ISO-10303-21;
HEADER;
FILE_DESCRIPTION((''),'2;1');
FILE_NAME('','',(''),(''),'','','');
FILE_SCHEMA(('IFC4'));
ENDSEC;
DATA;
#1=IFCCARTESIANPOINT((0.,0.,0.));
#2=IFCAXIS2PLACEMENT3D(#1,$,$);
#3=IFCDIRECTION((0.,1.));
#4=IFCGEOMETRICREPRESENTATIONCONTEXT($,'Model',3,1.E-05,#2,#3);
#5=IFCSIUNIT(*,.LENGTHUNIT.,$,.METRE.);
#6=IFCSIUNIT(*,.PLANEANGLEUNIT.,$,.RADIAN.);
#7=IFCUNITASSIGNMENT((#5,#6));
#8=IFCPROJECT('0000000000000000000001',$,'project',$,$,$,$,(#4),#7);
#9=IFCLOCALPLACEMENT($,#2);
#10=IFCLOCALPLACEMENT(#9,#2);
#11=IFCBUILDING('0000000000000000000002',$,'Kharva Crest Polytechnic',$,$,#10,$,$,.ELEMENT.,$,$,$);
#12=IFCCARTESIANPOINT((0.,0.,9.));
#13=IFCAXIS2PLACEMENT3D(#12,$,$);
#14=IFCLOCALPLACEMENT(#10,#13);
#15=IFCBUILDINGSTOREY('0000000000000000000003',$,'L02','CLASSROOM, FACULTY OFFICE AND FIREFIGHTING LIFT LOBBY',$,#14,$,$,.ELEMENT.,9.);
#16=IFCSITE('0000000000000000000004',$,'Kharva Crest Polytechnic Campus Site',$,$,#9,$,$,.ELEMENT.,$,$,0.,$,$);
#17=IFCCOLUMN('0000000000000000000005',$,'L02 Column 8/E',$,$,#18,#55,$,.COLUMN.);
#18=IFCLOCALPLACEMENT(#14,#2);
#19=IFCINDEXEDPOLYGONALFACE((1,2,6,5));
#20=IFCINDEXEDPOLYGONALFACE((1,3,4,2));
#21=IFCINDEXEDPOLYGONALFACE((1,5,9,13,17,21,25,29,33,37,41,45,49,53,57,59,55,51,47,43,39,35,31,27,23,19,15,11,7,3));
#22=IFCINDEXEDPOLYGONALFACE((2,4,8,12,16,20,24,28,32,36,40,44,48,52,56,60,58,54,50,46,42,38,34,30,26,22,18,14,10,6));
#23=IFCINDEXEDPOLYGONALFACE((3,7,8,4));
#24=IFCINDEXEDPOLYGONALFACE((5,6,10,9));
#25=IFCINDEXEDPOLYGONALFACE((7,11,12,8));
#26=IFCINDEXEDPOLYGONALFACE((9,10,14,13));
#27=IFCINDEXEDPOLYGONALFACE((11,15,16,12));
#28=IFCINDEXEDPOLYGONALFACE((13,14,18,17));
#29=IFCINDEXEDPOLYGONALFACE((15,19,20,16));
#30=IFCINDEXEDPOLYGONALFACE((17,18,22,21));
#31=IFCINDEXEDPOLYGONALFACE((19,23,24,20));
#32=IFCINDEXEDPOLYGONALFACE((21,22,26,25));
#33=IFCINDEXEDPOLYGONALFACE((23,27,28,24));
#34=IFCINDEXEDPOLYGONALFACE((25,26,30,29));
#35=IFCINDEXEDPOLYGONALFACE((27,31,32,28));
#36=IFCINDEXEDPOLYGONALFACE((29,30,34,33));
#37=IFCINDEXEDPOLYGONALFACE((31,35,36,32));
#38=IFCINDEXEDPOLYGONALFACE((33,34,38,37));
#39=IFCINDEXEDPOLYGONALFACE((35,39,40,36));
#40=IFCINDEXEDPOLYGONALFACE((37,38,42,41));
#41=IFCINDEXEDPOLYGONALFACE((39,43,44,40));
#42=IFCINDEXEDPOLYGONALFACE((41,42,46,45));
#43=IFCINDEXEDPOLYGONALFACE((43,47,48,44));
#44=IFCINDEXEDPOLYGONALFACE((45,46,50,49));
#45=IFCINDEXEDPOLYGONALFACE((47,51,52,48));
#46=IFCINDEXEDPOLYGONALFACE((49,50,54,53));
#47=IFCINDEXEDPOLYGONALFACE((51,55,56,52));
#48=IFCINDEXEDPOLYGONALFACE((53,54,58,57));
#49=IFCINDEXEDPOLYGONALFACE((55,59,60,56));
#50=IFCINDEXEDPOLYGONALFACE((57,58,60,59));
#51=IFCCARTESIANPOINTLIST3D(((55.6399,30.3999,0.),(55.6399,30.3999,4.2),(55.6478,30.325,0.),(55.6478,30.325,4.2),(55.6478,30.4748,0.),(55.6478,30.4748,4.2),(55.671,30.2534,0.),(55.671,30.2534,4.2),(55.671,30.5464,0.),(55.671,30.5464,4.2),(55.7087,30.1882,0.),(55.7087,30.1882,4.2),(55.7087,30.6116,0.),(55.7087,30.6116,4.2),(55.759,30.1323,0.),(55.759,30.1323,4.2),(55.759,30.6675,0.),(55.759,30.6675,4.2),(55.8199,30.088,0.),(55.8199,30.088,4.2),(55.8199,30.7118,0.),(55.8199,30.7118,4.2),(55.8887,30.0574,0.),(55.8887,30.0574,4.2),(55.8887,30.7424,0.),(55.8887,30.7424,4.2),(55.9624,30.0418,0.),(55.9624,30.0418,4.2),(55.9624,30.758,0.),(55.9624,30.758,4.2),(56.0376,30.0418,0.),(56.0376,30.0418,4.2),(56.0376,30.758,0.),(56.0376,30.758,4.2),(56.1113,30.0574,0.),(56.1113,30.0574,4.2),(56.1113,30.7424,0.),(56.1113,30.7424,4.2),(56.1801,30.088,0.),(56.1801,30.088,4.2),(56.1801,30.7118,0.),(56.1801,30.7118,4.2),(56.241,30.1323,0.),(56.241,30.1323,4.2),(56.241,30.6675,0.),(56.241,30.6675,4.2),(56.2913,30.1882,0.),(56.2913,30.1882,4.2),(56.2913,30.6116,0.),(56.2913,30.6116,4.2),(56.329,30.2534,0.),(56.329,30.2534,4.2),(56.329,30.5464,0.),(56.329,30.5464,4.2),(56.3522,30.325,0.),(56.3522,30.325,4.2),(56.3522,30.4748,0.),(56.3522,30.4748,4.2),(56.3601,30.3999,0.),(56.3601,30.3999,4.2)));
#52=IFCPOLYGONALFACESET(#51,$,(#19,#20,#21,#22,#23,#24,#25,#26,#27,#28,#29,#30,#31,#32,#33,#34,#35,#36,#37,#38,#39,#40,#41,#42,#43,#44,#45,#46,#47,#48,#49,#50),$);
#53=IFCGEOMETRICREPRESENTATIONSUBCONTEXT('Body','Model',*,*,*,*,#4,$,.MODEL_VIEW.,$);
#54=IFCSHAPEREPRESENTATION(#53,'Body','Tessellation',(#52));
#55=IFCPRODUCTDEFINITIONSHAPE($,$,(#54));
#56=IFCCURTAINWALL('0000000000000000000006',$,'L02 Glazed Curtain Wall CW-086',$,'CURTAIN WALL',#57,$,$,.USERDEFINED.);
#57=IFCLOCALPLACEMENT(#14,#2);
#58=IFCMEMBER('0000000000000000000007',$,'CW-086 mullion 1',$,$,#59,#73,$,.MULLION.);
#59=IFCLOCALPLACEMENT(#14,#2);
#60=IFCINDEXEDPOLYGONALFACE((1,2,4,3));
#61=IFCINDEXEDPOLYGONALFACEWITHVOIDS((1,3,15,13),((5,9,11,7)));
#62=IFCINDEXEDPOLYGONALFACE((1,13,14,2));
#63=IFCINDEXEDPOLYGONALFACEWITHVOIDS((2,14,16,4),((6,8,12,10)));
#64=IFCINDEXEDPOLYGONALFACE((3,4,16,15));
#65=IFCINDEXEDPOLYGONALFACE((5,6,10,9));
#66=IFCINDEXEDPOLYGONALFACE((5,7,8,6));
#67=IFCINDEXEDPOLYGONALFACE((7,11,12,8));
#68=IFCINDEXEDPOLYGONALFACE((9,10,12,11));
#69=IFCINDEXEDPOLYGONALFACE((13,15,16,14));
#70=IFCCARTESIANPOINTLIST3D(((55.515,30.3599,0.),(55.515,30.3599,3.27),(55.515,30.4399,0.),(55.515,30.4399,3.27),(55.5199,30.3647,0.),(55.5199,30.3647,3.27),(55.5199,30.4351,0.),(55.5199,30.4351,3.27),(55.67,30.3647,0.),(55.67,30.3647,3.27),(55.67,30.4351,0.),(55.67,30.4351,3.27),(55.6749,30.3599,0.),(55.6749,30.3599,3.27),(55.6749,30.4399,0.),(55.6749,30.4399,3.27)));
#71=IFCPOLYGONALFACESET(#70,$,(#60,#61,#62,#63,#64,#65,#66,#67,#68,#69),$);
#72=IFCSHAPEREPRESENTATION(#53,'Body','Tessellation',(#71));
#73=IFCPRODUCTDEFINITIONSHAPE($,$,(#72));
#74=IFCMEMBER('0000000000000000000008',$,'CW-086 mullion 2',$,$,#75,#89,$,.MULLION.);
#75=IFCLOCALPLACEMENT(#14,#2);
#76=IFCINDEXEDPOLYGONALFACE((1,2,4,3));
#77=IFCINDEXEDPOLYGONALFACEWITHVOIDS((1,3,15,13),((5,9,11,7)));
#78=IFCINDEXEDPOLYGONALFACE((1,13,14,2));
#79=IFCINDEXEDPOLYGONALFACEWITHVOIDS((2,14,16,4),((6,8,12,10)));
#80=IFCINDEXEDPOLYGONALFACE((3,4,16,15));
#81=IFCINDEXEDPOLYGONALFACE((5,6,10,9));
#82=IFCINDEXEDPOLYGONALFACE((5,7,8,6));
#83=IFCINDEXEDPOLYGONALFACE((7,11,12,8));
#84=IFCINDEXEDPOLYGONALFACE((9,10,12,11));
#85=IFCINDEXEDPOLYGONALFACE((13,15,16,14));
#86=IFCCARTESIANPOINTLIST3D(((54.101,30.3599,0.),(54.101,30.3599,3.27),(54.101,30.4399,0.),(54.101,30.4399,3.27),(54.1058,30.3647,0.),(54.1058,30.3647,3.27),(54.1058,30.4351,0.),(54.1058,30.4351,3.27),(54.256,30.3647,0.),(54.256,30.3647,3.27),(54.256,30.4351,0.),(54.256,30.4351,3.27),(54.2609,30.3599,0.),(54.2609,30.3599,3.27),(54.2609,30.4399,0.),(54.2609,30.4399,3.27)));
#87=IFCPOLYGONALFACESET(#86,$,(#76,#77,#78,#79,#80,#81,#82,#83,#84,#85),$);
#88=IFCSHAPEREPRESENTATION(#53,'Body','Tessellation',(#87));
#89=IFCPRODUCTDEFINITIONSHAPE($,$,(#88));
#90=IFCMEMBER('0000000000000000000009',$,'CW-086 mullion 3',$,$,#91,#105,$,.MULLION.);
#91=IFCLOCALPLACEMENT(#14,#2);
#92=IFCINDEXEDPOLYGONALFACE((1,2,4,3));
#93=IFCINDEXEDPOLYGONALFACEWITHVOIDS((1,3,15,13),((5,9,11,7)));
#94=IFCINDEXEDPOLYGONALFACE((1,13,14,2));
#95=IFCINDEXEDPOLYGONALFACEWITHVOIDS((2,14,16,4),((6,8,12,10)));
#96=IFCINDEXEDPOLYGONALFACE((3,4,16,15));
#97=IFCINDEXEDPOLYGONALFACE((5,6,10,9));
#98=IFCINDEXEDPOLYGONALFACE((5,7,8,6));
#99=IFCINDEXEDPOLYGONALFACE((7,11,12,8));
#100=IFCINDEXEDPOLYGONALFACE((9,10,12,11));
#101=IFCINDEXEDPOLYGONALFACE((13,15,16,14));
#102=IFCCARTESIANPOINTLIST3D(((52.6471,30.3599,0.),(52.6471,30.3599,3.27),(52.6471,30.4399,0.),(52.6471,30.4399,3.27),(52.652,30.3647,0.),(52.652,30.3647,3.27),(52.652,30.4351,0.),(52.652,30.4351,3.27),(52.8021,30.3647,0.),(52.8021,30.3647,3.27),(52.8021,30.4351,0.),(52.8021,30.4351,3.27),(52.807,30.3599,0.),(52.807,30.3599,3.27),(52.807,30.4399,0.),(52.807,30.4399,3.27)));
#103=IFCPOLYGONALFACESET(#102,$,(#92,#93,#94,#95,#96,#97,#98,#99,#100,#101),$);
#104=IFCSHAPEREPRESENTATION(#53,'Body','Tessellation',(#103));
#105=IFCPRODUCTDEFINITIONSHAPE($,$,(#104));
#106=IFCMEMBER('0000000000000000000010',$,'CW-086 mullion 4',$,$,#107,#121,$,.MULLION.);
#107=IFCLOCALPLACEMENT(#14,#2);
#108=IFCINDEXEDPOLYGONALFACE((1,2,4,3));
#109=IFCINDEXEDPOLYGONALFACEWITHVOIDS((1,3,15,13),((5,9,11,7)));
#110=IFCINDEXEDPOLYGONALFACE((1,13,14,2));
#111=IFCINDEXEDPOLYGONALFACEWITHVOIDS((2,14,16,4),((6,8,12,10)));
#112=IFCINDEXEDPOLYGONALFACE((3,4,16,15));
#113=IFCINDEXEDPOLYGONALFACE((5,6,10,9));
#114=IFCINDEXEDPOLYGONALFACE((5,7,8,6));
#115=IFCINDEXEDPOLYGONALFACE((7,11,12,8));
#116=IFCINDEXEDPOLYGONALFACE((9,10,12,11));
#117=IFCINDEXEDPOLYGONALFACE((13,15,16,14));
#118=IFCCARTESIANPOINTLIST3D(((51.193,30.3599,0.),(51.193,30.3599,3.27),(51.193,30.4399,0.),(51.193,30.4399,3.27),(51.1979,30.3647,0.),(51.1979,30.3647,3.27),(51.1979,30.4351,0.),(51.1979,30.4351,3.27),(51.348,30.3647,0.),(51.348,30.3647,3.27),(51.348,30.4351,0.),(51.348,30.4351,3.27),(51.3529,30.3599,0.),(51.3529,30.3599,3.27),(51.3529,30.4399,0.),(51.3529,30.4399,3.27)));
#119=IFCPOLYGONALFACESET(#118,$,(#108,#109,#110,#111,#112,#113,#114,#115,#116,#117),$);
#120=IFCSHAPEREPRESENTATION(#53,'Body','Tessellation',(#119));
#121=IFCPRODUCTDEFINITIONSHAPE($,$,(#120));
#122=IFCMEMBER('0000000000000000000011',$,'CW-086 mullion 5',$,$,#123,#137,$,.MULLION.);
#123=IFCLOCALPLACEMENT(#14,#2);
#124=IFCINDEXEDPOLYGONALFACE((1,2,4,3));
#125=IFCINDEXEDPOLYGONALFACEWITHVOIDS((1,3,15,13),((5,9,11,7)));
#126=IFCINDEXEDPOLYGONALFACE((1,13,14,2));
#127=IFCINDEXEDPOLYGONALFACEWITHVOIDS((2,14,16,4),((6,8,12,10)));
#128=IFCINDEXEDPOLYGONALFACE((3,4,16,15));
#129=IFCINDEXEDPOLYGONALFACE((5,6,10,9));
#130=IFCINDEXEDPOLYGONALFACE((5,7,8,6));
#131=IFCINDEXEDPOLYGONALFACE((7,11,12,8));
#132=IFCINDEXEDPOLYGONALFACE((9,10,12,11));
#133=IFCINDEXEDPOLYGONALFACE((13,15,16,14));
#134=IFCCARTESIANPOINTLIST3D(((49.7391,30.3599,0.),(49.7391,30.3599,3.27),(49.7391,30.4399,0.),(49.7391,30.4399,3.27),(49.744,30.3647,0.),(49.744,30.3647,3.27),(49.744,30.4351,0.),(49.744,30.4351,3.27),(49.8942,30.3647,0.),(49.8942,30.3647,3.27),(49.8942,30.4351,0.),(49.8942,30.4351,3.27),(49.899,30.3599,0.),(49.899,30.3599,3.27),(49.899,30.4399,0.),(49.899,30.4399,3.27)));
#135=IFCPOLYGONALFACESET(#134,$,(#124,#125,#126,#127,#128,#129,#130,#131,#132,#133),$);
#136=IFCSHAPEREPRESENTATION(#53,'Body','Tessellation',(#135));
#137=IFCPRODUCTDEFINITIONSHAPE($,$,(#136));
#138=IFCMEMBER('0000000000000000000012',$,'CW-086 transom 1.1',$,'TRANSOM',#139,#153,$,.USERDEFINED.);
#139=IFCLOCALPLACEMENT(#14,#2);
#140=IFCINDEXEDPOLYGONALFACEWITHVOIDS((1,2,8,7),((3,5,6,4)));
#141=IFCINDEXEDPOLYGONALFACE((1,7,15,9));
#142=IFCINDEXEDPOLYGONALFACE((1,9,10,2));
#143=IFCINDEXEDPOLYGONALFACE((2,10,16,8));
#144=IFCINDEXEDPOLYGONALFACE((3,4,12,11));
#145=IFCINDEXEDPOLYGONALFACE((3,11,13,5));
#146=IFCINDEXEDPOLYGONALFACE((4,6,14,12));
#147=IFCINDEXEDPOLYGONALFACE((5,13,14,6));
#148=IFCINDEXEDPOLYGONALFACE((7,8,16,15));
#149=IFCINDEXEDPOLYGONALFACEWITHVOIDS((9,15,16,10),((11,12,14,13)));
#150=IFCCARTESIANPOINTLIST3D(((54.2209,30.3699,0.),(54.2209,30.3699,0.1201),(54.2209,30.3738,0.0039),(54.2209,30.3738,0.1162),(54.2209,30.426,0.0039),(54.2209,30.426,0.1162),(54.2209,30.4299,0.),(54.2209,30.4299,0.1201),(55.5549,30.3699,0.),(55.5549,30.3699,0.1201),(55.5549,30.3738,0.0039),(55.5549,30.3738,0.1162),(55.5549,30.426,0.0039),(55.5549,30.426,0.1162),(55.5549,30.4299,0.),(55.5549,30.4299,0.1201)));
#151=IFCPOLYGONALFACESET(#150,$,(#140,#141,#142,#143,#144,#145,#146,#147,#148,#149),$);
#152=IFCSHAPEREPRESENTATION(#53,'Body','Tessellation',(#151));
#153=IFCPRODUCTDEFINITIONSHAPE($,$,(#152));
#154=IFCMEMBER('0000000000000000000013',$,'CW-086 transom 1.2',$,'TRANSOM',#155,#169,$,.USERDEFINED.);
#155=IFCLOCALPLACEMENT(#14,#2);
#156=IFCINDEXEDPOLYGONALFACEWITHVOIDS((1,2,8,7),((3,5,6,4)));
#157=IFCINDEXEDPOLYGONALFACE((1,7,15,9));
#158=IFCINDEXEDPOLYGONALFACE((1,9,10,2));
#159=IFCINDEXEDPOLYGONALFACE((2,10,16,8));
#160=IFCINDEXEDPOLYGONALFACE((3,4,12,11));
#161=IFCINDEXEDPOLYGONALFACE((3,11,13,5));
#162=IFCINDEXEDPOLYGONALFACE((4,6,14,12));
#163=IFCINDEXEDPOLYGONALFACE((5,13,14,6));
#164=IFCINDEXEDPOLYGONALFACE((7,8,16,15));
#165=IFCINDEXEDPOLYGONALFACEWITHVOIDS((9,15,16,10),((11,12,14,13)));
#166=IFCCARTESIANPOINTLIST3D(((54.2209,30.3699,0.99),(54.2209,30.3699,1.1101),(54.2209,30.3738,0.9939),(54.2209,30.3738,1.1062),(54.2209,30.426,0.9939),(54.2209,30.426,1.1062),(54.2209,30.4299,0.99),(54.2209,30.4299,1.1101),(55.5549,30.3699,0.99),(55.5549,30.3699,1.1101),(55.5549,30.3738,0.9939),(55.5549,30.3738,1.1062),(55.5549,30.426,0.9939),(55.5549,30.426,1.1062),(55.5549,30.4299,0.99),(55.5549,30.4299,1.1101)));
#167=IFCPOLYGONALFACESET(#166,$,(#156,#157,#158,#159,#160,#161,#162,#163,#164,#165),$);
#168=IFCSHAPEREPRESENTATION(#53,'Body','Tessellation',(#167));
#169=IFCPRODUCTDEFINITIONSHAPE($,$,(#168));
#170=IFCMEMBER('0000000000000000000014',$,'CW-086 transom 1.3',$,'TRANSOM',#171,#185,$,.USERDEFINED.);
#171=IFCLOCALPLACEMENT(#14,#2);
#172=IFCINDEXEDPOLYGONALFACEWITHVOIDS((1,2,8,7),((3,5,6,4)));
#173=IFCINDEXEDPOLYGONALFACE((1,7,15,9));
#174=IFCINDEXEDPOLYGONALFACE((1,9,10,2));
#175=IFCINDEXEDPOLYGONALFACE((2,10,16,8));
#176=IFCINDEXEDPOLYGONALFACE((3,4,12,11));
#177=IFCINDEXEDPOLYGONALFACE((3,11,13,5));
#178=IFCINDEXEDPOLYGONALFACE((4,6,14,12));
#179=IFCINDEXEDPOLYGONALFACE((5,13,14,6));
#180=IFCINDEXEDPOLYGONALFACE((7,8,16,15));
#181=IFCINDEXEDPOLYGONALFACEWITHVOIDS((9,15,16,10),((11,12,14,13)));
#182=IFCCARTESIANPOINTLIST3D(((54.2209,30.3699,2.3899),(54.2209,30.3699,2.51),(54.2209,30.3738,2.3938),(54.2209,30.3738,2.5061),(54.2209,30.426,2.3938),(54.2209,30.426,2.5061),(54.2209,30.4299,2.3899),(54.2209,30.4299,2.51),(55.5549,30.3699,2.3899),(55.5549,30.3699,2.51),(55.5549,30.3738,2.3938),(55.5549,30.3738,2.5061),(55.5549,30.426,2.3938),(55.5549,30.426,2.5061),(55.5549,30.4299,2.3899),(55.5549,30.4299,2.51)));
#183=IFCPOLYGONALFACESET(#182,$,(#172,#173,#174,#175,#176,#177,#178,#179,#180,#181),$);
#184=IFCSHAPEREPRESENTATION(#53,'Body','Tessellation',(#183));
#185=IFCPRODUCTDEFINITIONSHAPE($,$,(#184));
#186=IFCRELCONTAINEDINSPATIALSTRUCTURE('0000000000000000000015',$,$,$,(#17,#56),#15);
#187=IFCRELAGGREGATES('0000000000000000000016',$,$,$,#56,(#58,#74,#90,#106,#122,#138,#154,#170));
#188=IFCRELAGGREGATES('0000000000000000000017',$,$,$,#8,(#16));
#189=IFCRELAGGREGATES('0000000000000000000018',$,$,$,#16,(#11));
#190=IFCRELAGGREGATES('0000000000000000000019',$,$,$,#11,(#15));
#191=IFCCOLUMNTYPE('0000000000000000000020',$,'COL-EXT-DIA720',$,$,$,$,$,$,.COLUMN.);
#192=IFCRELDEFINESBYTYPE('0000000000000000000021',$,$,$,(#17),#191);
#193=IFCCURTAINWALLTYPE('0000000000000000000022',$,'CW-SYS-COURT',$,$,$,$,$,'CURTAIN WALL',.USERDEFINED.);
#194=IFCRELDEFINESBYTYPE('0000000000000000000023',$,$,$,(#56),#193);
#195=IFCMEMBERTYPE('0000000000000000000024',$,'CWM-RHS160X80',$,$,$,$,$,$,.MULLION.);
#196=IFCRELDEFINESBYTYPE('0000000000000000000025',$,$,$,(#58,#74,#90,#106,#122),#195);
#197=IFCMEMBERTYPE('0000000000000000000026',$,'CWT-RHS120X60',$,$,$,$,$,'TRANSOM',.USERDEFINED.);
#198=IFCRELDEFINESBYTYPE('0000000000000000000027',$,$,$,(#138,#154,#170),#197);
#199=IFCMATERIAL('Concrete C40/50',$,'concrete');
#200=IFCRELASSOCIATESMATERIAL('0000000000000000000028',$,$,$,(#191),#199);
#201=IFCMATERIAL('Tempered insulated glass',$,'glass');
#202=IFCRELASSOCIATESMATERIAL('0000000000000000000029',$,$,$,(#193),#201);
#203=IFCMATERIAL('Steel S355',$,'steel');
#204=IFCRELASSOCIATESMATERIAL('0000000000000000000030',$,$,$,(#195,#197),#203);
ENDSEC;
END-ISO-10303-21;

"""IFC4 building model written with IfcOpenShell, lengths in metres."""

from ifc_helpers import new_model, si_unit, direction, frame, origin, origin_2d, place, context, subcontext, project, spatial, hollow_rectangle, circle, extrude, material, material_profile, profile_set, type_object, element, aggregate, save


model = new_model("IFC4")

# Units and contexts
model_context = context("Model", 3, precision=1e-05, world=origin(), true_north=direction((0.0, 1.0)))
body_context = subcontext(model_context, "Body", "Model", "MODEL_VIEW")
ifc_project = project(units=[si_unit("LENGTHUNIT", "METRE"), si_unit("PLANEANGLEUNIT", "RADIAN")], contexts=[model_context])

# Site, building, storey
site_placement = place(None, origin())
site = spatial("IfcSite", under=ifc_project, at=site_placement, Name="Kharva Crest Polytechnic Campus Site", CompositionType="ELEMENT", RefElevation=0.0)
building_placement = place(site_placement, origin())
building = spatial("IfcBuilding", under=site, at=building_placement, Name="Kharva Crest Polytechnic", CompositionType="ELEMENT")
storey_placement = place(building_placement, frame((0.0, 0.0, 9.0)))
storey = spatial("IfcBuildingStorey", under=building, at=storey_placement, Name="L02", Description="CLASSROOM, FACULTY OFFICE AND FIREFIGHTING LIFT LOBBY", CompositionType="ELEMENT", Elevation=9.0)

# Column
ifc_material_1 = material(Name="Concrete C40/50", Category="concrete")
ifc_material_profile_1 = material_profile(ifc_material_1, circle(Radius=0.3601, at=origin_2d()), Name="DIA 720")
ifc_profile_set_1 = profile_set([ifc_material_profile_1], Name="Concrete C40/50")
column_type = type_object("IfcColumnType", Name="COL-EXT-DIA720", PredefinedType="COLUMN", material=ifc_profile_set_1)
column_placement = place(storey_placement, frame((56.0, 30.3999, 0.0), z_axis=(0.0, 0.0, 1.0), x_axis=(1.0, 0.0, 0.0)))
element("IfcColumn", 1, at=column_placement, inside=storey, type_object=column_type, Name="L02 Column 8/E", PredefinedType="COLUMN", context=body_context, shape_type="SweptSolid", body=[
    extrude(circle(Radius=0.3601, at=origin_2d()), origin(), (0.0, 0.0, 1.0), 4.2),
])

# Curtain wall, members
ifc_material_2 = material(Name="Tempered insulated glass", Category="glass")
curtain_wall_type = type_object("IfcCurtainWallType", Name="CW-SYS-COURT", ElementType="CURTAIN WALL", PredefinedType="USERDEFINED", material=ifc_material_2)
curtain_wall_placement = place(storey_placement, origin())
curtain_wall = element("IfcCurtainWall", 2, at=curtain_wall_placement, inside=storey, type_object=curtain_wall_type, Name="L02 Glazed Curtain Wall CW-086", ObjectType="CURTAIN WALL", PredefinedType="USERDEFINED")
ifc_material_3 = material(Name="Steel S355", Category="steel")
ifc_material_profile_2 = material_profile(ifc_material_3, hollow_rectangle(XDim=0.0801, YDim=0.1599, WallThickness=0.0049, at=origin_2d()), Name="RHS 160X80X5.0")
ifc_profile_set_2 = profile_set([ifc_material_profile_2], Name="Steel S355")
member_type_1 = type_object("IfcMemberType", Name="CWM-RHS160X80", PredefinedType="MULLION", material=ifc_profile_set_2)
member_1_placement = place(storey_placement, frame((55.595, 30.3999, 0.0), z_axis=(0.0, 0.0, 1.0), x_axis=(0.0, -1.0, 0.0)))
member_1 = element("IfcMember", 3, at=member_1_placement, type_object=member_type_1, Name="CW-086 mullion 1", PredefinedType="MULLION", context=body_context, shape_type="SweptSolid", body=[
    extrude(hollow_rectangle(XDim=0.0801, YDim=0.1599, WallThickness=0.0049, at=origin_2d()), origin(), (0.0, 0.0, 1.0), 3.27),
])
member_2_placement = place(storey_placement, frame((54.1809, 30.3999, 0.0), z_axis=(0.0, 0.0, 1.0), x_axis=(0.0, -1.0, 0.0)))
member_2 = element("IfcMember", 4, at=member_2_placement, type_object=member_type_1, Name="CW-086 mullion 2", PredefinedType="MULLION", context=body_context, shape_type="SweptSolid", body=[
    extrude(hollow_rectangle(XDim=0.0801, YDim=0.1599, WallThickness=0.0049, at=origin_2d()), origin(), (0.0, 0.0, 1.0), 3.27),
])
member_3_placement = place(storey_placement, frame((52.7271, 30.3999, 0.0), z_axis=(0.0, 0.0, 1.0), x_axis=(0.0, -1.0, 0.0)))
member_3 = element("IfcMember", 5, at=member_3_placement, type_object=member_type_1, Name="CW-086 mullion 3", PredefinedType="MULLION", context=body_context, shape_type="SweptSolid", body=[
    extrude(hollow_rectangle(XDim=0.0801, YDim=0.1599, WallThickness=0.0049, at=origin_2d()), origin(), (0.0, 0.0, 1.0), 3.27),
])
member_4_placement = place(storey_placement, frame((51.2729, 30.3999, 0.0), z_axis=(0.0, 0.0, 1.0), x_axis=(0.0, -1.0, 0.0)))
member_4 = element("IfcMember", 6, at=member_4_placement, type_object=member_type_1, Name="CW-086 mullion 4", PredefinedType="MULLION", context=body_context, shape_type="SweptSolid", body=[
    extrude(hollow_rectangle(XDim=0.0801, YDim=0.1599, WallThickness=0.0049, at=origin_2d()), origin(), (0.0, 0.0, 1.0), 3.27),
])
member_5_placement = place(storey_placement, frame((49.8191, 30.3999, 0.0), z_axis=(0.0, 0.0, 1.0), x_axis=(0.0, -1.0, 0.0)))
member_5 = element("IfcMember", 7, at=member_5_placement, type_object=member_type_1, Name="CW-086 mullion 5", PredefinedType="MULLION", context=body_context, shape_type="SweptSolid", body=[
    extrude(hollow_rectangle(XDim=0.0801, YDim=0.1599, WallThickness=0.0049, at=origin_2d()), origin(), (0.0, 0.0, 1.0), 3.27),
])
ifc_material_profile_3 = material_profile(ifc_material_3, hollow_rectangle(XDim=0.0601, YDim=0.1201, WallThickness=0.0039, at=origin_2d()), Name="RHS 120X60X4.0")
ifc_profile_set_3 = profile_set([ifc_material_profile_3], Name="Steel S355")
member_type_2 = type_object("IfcMemberType", Name="CWT-RHS120X60", ElementType="TRANSOM", PredefinedType="USERDEFINED", material=ifc_profile_set_3)
member_6_placement = place(storey_placement, frame((55.5549, 30.3999, 0.0601), z_axis=(-1.0, 0.0, 0.0), x_axis=(0.0, -1.0, 0.0)))
member_6 = element("IfcMember", 8, at=member_6_placement, type_object=member_type_2, Name="CW-086 transom 1.1", ObjectType="TRANSOM", PredefinedType="USERDEFINED", context=body_context, shape_type="SweptSolid", body=[
    extrude(hollow_rectangle(XDim=0.0601, YDim=0.1201, WallThickness=0.0039, at=origin_2d()), origin(), (0.0, 0.0, 1.0), 1.334),
])
member_7_placement = place(storey_placement, frame((55.5549, 30.3999, 1.05), z_axis=(-1.0, 0.0, 0.0), x_axis=(0.0, -1.0, 0.0)))
member_7 = element("IfcMember", 9, at=member_7_placement, type_object=member_type_2, Name="CW-086 transom 1.2", ObjectType="TRANSOM", PredefinedType="USERDEFINED", context=body_context, shape_type="SweptSolid", body=[
    extrude(hollow_rectangle(XDim=0.0601, YDim=0.1201, WallThickness=0.0039, at=origin_2d()), origin(), (0.0, 0.0, 1.0), 1.334),
])
member_8_placement = place(storey_placement, frame((55.5549, 30.3999, 2.45), z_axis=(-1.0, 0.0, 0.0), x_axis=(0.0, -1.0, 0.0)))
member_8 = element("IfcMember", 10, at=member_8_placement, type_object=member_type_2, Name="CW-086 transom 1.3", ObjectType="TRANSOM", PredefinedType="USERDEFINED", context=body_context, shape_type="SweptSolid", body=[
    extrude(hollow_rectangle(XDim=0.0601, YDim=0.1201, WallThickness=0.0039, at=origin_2d()), origin(), (0.0, 0.0, 1.0), 1.334),
])
aggregate(curtain_wall, [member_1, member_2, member_3, member_4, member_5, member_6, member_7, member_8])

save(model, "model.ifc")
